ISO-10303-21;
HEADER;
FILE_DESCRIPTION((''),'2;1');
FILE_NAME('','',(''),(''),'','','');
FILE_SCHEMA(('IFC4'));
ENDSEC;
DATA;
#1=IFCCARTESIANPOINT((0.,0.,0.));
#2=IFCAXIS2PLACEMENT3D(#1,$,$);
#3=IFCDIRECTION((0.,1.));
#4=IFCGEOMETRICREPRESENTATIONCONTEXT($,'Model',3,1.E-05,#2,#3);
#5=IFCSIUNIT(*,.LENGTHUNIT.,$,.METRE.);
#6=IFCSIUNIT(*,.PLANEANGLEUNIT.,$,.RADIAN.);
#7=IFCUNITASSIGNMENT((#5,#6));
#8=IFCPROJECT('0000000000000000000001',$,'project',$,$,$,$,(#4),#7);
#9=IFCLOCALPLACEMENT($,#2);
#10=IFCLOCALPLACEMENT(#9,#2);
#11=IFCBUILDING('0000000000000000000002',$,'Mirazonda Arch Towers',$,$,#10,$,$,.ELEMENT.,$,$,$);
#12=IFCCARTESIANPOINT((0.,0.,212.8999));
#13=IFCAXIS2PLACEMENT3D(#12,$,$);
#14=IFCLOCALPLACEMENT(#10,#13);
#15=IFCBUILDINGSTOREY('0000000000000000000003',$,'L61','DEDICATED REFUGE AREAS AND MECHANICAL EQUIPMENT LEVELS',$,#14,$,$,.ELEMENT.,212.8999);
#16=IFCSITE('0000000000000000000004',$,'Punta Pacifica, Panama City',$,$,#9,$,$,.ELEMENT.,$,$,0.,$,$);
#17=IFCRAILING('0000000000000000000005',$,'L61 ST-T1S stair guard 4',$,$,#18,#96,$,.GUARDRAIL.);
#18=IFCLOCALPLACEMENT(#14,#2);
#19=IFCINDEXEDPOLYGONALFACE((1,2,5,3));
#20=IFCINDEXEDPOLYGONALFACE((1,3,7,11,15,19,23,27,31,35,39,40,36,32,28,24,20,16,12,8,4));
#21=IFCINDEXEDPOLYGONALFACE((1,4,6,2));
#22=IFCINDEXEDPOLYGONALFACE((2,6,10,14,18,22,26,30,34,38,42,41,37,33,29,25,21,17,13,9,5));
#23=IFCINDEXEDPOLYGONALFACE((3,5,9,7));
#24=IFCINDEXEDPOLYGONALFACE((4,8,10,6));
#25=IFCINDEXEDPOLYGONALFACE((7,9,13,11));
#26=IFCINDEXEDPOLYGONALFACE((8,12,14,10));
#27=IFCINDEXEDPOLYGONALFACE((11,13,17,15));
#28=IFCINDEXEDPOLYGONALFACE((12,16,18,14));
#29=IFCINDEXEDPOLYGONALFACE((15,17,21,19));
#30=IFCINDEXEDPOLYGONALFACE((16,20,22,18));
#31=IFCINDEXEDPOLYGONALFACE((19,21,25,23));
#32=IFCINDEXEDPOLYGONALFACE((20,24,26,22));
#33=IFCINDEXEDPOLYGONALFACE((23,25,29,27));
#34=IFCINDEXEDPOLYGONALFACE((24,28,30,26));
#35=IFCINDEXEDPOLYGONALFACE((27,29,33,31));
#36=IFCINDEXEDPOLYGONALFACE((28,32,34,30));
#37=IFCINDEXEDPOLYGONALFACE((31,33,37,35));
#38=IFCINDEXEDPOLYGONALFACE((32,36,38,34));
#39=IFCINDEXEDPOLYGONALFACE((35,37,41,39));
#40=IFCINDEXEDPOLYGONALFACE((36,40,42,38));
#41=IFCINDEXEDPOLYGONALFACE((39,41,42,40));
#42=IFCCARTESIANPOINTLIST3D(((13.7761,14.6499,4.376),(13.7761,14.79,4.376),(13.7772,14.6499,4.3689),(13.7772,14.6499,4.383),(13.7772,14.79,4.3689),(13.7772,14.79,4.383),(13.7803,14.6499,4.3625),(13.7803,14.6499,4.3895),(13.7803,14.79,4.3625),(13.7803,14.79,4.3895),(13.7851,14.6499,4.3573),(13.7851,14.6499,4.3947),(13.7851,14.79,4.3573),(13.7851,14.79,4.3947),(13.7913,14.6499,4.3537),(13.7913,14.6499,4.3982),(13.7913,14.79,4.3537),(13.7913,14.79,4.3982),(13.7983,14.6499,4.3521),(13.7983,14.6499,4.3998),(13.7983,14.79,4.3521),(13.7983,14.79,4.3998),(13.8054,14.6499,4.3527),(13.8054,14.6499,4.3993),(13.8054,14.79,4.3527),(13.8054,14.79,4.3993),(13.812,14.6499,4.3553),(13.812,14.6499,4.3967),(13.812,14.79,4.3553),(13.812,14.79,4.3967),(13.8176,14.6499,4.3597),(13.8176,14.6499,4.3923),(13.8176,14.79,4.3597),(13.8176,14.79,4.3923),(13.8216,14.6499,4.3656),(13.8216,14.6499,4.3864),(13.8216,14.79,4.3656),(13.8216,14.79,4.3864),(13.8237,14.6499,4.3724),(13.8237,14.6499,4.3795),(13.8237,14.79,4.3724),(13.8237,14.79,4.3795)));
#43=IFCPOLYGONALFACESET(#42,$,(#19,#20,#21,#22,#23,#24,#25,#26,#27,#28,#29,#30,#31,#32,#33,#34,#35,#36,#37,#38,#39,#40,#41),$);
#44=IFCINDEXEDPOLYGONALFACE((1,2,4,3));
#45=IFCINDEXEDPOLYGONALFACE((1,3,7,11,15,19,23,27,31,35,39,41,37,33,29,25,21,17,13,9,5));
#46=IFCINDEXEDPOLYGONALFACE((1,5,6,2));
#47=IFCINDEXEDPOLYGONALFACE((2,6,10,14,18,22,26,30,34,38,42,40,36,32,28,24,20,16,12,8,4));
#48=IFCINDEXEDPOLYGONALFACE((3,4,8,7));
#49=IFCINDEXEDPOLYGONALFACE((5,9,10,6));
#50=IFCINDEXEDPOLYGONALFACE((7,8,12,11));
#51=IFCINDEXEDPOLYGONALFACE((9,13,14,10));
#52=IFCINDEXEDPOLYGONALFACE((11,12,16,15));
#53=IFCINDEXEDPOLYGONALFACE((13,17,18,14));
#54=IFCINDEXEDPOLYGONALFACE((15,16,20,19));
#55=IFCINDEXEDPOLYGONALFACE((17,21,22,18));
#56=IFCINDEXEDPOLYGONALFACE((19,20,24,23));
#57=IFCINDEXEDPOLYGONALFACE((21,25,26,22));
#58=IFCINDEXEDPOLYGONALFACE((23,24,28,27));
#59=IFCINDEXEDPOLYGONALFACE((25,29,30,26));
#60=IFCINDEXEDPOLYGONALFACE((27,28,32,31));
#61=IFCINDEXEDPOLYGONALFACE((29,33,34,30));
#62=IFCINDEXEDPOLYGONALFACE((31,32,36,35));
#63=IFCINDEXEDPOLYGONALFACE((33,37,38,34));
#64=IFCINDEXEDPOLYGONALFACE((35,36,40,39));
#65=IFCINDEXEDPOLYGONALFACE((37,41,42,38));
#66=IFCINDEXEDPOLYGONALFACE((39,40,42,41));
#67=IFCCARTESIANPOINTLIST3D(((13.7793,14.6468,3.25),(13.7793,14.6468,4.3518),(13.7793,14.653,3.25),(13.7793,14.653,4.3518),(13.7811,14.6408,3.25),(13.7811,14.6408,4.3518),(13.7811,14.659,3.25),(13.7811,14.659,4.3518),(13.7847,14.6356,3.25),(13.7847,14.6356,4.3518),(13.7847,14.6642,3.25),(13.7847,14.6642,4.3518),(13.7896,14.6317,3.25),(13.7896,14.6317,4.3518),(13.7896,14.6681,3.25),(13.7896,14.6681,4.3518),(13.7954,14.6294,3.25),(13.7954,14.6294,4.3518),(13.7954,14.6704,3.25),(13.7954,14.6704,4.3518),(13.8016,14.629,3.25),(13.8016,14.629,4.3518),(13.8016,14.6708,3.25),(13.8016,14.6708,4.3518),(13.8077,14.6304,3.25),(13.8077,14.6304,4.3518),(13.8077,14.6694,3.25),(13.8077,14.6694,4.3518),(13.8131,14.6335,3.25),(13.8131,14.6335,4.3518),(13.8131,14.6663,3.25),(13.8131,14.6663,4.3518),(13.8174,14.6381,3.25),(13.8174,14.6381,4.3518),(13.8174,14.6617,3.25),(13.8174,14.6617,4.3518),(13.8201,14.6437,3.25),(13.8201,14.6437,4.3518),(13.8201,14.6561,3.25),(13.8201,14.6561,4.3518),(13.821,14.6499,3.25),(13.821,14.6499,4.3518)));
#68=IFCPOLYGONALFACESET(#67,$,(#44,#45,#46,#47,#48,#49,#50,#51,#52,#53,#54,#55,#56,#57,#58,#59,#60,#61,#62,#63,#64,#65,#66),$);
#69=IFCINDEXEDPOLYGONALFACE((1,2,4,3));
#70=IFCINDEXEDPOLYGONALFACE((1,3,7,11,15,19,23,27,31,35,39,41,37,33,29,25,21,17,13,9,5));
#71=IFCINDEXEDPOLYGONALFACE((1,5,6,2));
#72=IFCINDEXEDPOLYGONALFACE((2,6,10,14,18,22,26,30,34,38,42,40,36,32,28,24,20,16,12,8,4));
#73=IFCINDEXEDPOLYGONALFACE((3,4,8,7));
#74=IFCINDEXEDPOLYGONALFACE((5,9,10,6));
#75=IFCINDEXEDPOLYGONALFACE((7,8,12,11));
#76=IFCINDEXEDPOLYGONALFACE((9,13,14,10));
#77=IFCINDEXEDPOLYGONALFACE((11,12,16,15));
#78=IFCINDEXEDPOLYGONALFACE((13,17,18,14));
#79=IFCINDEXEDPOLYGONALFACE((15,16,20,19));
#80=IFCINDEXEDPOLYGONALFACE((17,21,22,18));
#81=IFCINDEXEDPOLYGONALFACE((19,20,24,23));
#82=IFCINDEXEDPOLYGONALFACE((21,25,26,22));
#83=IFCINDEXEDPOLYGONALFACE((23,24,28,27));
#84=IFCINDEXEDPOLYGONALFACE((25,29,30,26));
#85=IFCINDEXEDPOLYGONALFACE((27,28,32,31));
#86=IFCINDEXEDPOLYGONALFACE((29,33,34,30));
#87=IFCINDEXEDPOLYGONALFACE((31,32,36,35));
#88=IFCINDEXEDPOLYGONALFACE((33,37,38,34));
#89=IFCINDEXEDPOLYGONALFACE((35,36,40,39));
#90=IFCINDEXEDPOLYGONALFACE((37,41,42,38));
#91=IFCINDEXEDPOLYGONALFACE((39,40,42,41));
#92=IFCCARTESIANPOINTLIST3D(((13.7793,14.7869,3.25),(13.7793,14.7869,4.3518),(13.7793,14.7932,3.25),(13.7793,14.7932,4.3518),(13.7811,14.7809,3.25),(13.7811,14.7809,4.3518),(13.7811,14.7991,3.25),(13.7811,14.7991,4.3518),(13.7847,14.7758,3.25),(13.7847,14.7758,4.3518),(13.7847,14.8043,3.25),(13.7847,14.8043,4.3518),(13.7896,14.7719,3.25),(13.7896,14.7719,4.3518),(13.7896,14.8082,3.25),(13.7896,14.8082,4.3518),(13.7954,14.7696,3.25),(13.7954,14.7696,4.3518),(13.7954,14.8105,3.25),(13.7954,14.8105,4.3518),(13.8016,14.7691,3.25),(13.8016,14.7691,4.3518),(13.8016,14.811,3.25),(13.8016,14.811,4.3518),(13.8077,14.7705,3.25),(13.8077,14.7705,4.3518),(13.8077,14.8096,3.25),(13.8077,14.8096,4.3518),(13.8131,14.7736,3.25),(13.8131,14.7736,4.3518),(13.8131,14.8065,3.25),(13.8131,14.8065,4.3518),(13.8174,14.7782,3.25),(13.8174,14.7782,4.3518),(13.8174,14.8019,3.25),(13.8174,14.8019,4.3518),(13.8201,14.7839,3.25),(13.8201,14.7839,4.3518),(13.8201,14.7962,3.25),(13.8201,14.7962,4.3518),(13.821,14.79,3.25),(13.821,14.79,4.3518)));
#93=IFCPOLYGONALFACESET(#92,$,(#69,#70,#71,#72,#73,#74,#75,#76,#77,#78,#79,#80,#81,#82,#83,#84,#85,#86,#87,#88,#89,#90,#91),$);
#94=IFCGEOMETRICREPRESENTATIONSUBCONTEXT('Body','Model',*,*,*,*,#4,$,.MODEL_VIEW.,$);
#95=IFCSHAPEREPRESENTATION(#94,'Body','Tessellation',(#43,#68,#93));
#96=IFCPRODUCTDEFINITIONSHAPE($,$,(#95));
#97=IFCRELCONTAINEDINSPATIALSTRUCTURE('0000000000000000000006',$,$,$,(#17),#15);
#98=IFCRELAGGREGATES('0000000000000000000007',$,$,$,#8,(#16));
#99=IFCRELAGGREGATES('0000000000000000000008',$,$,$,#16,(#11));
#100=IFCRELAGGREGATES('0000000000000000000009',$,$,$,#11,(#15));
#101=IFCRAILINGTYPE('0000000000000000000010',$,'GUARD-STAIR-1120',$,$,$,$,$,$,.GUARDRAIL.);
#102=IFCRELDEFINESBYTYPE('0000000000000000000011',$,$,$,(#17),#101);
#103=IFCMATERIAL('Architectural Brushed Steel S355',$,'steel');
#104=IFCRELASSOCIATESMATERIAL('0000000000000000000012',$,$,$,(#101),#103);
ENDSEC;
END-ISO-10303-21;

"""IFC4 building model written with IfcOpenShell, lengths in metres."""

from ifc_helpers import new_model, si_unit, direction, frame, origin, origin_2d, place, context, subcontext, project, spatial, circle, extrude, material, type_object, element, save


model = new_model("IFC4")

# Units and contexts
model_context = context("Model", 3, precision=1e-05, world=origin(), true_north=direction((0.0, 1.0)))
body_context = subcontext(model_context, "Body", "Model", "MODEL_VIEW")
ifc_project = project(units=[si_unit("LENGTHUNIT", "METRE"), si_unit("PLANEANGLEUNIT", "RADIAN")], contexts=[model_context])

# Site, building, storey
site_placement = place(None, origin())
site = spatial("IfcSite", under=ifc_project, at=site_placement, Name="Punta Pacifica, Panama City", CompositionType="ELEMENT", RefElevation=0.0)
building_placement = place(site_placement, origin())
building = spatial("IfcBuilding", under=site, at=building_placement, Name="Mirazonda Arch Towers", CompositionType="ELEMENT")
storey_placement = place(building_placement, frame((0.0, 0.0, 212.8999)))
storey = spatial("IfcBuildingStorey", under=building, at=storey_placement, Name="L61", Description="DEDICATED REFUGE AREAS AND MECHANICAL EQUIPMENT LEVELS", CompositionType="ELEMENT", Elevation=212.8999)

# Shared definitions
ifc_material_1 = material(Name="Architectural Brushed Steel S355", Category="steel")

# Railing
railing_type_1 = type_object("IfcRailingType", Name="GUARD-STAIR-1120", PredefinedType="GUARDRAIL", material=ifc_material_1)
railing_1_placement = place(storey_placement, frame((13.8, 14.6499, 3.25)))
element("IfcRailing", 1, at=railing_1_placement, inside=storey, type_object=railing_type_1, Name="L61 ST-T1S stair guard 4", PredefinedType="GUARDRAIL", context=body_context, shape_type="SweptSolid", body=[
    extrude(circle(Radius=0.0239, at=origin_2d()), frame((0.0, 0.0, 1.126), z_axis=(0.0, 1.0, 0.0), x_axis=(-1.0, 0.0, 0.0)), (0.0, 0.0, 1.0), 0.1401),
    extrude(circle(Radius=0.021, at=origin_2d()), origin(), (0.0, 0.0, 1.0), 1.1018),
    extrude(circle(Radius=0.021, at=origin_2d()), frame((0.0, 0.1401, 0.0)), (0.0, 0.0, 1.0), 1.1018),
])

save(model, "model.ifc")
